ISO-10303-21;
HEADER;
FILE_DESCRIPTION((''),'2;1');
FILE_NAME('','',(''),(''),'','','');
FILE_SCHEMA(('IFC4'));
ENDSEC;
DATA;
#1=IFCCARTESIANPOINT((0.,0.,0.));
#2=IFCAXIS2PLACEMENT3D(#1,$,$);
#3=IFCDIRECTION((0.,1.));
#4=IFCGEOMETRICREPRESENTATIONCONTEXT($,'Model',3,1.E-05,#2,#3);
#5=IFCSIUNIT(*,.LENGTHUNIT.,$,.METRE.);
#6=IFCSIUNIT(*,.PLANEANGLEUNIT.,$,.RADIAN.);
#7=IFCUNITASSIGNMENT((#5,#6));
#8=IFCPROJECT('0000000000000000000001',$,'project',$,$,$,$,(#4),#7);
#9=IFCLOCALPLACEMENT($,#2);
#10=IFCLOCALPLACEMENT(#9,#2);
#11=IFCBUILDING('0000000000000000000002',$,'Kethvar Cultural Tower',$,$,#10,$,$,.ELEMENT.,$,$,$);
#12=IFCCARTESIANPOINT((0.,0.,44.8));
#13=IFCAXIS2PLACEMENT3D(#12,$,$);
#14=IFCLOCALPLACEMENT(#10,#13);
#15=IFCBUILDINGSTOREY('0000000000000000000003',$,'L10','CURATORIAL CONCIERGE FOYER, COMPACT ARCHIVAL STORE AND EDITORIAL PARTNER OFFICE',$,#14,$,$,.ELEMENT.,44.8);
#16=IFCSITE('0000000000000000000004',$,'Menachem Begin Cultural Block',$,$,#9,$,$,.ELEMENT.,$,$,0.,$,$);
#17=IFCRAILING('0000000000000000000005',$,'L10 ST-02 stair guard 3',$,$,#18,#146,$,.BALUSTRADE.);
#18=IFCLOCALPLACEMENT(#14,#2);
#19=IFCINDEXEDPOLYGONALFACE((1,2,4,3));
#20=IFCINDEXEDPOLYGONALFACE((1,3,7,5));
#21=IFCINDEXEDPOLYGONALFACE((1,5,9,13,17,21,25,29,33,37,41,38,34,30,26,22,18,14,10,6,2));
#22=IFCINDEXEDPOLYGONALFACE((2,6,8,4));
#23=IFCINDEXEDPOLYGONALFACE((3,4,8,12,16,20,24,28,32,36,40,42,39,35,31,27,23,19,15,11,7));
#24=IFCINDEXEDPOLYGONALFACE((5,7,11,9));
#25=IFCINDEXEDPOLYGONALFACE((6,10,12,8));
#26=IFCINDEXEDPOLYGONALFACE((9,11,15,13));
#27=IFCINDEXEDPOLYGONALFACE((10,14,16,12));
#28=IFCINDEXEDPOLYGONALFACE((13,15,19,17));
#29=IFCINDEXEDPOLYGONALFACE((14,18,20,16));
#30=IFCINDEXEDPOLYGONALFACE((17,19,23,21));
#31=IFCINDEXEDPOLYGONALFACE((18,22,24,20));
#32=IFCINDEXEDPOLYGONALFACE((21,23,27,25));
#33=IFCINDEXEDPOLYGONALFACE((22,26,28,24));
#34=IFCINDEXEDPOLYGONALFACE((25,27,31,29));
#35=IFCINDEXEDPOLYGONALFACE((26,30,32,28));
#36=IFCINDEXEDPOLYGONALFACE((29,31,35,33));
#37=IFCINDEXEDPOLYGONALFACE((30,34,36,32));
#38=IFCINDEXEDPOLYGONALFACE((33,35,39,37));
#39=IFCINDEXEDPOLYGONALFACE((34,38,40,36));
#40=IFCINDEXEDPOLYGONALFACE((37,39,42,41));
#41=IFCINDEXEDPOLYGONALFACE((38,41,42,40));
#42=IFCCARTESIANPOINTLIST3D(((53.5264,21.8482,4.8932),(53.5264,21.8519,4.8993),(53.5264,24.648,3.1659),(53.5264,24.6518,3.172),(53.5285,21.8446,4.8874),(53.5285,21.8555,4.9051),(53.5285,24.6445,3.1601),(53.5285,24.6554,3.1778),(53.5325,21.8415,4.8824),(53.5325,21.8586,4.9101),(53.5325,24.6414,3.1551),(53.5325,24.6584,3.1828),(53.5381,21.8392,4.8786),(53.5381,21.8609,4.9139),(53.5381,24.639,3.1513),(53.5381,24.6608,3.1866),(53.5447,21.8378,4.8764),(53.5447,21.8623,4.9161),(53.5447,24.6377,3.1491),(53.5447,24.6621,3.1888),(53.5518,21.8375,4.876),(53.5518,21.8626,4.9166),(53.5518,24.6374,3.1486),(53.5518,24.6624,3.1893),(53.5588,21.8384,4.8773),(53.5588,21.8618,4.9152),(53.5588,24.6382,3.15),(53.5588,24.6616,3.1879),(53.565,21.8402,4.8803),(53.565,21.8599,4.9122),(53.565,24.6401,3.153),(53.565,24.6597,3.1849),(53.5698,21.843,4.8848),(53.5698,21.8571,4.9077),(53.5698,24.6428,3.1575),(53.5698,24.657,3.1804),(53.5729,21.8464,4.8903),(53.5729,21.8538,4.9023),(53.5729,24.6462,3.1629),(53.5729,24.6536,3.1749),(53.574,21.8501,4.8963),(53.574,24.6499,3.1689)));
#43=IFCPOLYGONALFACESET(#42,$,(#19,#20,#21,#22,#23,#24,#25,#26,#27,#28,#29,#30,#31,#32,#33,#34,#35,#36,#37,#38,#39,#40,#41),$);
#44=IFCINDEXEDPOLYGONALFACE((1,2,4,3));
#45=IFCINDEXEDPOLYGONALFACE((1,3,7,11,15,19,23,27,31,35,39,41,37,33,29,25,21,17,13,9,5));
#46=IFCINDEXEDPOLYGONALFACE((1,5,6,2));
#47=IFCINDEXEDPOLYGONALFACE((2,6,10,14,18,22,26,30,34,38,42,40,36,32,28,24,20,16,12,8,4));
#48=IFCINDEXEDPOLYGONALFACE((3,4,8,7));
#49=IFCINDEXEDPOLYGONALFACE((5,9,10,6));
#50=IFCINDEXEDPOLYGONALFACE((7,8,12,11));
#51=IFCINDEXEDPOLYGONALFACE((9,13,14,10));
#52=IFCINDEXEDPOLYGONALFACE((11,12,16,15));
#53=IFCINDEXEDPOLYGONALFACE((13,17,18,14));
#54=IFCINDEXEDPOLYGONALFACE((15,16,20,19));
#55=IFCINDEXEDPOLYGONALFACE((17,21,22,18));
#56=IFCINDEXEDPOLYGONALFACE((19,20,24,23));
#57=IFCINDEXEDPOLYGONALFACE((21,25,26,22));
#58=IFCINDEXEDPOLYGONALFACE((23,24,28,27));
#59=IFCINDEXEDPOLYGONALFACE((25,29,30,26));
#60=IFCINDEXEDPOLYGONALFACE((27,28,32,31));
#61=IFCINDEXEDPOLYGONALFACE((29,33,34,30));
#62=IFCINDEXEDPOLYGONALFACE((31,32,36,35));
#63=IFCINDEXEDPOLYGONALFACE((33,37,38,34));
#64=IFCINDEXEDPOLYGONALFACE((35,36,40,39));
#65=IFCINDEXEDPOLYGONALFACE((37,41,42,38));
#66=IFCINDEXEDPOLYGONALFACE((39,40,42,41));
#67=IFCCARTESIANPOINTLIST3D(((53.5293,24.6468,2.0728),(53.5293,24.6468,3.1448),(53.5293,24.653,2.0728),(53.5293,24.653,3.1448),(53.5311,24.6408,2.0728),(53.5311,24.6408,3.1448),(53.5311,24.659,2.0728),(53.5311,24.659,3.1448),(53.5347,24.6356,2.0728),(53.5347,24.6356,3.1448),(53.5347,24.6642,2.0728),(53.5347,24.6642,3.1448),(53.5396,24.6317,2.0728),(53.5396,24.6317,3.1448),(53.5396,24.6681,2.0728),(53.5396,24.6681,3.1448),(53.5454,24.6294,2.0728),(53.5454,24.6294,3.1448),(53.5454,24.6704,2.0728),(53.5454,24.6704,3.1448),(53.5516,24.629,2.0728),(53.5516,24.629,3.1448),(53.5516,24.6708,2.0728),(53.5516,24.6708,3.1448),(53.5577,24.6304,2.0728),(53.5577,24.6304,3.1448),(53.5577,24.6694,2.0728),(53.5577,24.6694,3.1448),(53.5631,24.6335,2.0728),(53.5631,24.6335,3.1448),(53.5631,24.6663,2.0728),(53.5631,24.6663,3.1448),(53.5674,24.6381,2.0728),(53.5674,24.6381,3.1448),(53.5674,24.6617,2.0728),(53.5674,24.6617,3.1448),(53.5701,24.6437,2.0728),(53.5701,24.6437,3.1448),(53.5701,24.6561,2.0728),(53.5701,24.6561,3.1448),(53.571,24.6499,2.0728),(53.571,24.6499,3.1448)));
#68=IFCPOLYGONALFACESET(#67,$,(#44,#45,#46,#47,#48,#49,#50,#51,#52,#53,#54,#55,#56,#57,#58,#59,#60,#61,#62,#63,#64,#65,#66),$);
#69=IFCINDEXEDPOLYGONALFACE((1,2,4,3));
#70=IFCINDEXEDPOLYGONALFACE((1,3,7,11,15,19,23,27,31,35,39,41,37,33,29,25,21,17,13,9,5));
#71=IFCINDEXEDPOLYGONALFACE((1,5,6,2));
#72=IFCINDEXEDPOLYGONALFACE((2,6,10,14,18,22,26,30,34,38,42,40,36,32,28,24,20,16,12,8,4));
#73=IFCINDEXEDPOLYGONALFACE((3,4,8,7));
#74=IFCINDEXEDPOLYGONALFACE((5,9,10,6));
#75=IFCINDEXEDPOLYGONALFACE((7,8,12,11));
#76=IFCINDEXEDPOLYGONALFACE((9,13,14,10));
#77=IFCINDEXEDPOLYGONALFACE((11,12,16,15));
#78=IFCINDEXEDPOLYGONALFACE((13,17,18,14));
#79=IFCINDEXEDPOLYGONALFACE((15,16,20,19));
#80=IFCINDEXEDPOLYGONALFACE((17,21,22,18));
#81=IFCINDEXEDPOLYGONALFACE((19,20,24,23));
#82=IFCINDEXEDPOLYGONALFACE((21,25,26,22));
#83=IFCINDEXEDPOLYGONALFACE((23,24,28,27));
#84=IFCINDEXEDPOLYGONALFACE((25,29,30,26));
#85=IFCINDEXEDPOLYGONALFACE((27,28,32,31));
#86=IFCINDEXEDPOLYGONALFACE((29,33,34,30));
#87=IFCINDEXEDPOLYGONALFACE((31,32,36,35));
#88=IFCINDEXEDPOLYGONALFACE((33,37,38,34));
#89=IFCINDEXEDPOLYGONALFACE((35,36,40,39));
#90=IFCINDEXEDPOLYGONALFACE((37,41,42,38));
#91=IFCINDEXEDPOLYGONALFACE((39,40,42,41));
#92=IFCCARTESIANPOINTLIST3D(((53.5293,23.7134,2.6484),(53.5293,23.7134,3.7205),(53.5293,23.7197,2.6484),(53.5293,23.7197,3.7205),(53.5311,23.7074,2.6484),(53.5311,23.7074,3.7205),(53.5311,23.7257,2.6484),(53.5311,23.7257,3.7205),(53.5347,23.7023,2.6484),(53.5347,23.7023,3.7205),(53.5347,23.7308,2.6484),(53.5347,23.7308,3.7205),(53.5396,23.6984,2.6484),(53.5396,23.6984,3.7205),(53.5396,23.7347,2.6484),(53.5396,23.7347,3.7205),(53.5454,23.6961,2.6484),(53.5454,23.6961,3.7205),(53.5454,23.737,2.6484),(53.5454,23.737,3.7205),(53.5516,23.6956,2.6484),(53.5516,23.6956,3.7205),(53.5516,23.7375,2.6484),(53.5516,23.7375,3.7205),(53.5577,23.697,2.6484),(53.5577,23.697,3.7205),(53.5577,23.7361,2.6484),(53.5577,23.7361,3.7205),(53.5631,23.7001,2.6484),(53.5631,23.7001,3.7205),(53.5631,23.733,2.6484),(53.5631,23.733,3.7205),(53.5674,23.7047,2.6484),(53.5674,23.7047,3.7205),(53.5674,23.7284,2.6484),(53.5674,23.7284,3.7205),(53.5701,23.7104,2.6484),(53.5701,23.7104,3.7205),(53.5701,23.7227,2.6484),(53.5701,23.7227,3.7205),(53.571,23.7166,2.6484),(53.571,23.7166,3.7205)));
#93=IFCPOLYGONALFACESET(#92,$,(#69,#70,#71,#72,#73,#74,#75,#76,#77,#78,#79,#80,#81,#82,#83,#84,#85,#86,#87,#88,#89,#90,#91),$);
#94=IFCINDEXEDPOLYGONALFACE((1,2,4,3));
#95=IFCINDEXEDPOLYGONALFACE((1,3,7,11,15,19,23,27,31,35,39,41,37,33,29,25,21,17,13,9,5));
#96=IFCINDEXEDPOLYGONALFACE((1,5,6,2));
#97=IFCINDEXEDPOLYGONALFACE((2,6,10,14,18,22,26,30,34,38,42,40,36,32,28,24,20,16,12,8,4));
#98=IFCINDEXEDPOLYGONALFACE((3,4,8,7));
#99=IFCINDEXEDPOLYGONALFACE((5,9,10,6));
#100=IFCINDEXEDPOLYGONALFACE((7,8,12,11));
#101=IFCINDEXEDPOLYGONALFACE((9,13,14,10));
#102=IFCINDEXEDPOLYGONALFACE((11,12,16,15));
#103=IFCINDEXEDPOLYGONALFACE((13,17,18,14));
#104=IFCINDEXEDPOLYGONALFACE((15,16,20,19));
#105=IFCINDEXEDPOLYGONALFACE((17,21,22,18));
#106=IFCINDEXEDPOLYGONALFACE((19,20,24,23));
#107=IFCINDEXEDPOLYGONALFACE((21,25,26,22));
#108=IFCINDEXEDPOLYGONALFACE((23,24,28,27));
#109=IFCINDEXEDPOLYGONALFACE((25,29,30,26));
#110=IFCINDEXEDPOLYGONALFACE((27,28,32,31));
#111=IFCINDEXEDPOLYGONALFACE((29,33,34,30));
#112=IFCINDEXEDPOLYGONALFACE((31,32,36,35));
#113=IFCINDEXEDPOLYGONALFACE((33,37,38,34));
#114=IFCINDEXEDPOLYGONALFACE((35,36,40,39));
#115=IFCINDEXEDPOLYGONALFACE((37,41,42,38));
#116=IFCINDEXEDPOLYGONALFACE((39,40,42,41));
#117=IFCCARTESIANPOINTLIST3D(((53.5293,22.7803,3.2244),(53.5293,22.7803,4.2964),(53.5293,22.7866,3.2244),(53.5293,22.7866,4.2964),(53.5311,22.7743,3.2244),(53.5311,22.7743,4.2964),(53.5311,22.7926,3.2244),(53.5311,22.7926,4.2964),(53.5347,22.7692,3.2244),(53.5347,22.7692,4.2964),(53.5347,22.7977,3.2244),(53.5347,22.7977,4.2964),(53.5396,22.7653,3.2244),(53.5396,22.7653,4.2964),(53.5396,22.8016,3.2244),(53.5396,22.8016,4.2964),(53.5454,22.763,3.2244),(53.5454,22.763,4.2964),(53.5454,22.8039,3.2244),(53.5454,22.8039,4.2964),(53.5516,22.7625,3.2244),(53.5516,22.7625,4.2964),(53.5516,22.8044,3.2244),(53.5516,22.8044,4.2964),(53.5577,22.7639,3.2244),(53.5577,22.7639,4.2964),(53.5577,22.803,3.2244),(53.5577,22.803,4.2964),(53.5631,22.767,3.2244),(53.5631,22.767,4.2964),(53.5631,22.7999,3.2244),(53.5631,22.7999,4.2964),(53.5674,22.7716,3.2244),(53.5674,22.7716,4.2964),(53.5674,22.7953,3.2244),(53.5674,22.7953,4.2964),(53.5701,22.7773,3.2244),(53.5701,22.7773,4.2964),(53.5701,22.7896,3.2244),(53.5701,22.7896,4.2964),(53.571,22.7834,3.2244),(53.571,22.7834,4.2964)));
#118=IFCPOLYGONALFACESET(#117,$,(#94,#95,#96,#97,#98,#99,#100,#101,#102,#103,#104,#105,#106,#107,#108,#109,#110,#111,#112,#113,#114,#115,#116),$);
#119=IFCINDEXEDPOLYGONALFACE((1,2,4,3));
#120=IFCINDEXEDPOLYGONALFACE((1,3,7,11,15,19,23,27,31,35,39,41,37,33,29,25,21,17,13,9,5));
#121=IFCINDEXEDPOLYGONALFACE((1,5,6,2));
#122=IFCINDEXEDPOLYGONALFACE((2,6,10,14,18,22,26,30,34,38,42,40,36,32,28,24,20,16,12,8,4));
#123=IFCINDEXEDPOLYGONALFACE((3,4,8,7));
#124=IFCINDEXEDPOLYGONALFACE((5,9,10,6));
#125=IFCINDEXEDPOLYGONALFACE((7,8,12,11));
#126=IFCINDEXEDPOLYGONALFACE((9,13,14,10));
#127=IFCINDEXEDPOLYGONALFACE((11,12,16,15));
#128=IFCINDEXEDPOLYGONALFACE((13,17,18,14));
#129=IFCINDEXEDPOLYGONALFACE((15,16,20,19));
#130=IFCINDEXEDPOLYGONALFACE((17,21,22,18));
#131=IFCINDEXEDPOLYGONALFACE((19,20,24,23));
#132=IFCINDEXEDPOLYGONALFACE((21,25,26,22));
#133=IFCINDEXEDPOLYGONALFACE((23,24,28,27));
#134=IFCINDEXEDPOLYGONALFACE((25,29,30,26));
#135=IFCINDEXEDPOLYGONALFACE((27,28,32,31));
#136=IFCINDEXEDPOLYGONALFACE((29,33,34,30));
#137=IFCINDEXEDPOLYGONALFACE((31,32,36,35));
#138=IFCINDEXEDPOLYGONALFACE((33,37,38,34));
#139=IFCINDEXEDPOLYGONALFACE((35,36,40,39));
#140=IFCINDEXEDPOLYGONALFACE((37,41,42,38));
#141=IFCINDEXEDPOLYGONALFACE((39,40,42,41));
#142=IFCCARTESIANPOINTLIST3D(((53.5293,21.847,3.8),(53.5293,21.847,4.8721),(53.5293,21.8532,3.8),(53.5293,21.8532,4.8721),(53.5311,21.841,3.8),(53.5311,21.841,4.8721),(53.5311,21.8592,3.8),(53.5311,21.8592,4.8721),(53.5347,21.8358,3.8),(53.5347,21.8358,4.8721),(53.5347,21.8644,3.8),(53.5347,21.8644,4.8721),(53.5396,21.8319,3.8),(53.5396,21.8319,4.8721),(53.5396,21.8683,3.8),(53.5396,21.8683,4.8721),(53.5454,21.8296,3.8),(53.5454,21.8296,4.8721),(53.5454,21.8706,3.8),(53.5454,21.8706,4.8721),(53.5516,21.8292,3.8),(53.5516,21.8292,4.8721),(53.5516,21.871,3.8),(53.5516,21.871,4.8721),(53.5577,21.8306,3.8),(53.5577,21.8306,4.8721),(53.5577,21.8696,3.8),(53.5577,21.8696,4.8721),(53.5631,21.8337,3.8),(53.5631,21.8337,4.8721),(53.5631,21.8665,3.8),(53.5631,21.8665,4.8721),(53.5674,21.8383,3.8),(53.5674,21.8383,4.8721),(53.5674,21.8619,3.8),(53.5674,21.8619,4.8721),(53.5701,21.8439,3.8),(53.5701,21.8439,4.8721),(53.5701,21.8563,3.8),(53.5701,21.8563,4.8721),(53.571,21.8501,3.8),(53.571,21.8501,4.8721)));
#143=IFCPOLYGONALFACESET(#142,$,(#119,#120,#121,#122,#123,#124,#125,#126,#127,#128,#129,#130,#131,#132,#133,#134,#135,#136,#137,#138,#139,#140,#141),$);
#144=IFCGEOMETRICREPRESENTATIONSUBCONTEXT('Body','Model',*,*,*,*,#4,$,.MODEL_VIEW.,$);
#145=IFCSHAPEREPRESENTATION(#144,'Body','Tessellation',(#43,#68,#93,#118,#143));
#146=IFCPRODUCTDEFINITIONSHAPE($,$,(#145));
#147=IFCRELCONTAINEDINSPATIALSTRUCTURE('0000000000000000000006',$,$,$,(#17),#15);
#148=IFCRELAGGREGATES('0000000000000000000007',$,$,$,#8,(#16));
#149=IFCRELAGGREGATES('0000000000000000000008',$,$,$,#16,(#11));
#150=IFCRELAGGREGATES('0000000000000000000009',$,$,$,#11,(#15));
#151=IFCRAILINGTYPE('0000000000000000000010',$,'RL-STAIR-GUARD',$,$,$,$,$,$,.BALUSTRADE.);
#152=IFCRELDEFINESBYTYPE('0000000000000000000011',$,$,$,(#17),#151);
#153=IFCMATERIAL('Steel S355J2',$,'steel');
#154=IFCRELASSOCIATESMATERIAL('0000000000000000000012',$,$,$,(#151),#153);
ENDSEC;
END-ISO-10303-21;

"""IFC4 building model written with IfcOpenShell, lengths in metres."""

from ifc_helpers import new_model, si_unit, direction, frame, origin, origin_2d, place, context, subcontext, project, spatial, circle, extrude, material, type_object, element, save


model = new_model("IFC4")

# Units and contexts
model_context = context("Model", 3, precision=1e-05, world=origin(), true_north=direction((0.0, 1.0)))
body_context = subcontext(model_context, "Body", "Model", "MODEL_VIEW")
ifc_project = project(units=[si_unit("LENGTHUNIT", "METRE"), si_unit("PLANEANGLEUNIT", "RADIAN")], contexts=[model_context])

# Site, building, storey
site_placement = place(None, origin())
site = spatial("IfcSite", under=ifc_project, at=site_placement, Name="Menachem Begin Cultural Block", CompositionType="ELEMENT", RefElevation=0.0)
building_placement = place(site_placement, origin())
building = spatial("IfcBuilding", under=site, at=building_placement, Name="Kethvar Cultural Tower", CompositionType="ELEMENT")
storey_placement = place(building_placement, frame((0.0, 0.0, 44.8)))
storey = spatial("IfcBuildingStorey", under=building, at=storey_placement, Name="L10", Description="CURATORIAL CONCIERGE FOYER, COMPACT ARCHIVAL STORE AND EDITORIAL PARTNER OFFICE", CompositionType="ELEMENT", Elevation=44.8)

# Shared definitions
ifc_material_1 = material(Name="Steel S355J2", Category="steel")

# Railing
railing_type_1 = type_object("IfcRailingType", Name="RL-STAIR-GUARD", PredefinedType="BALUSTRADE", material=ifc_material_1)
railing_1_placement = place(storey_placement, frame((53.55, 24.6499, 2.0728)))
element("IfcRailing", 1, at=railing_1_placement, inside=storey, type_object=railing_type_1, Name="L10 ST-02 stair guard 3", PredefinedType="BALUSTRADE", context=body_context, shape_type="SweptSolid", body=[
    extrude(circle(Radius=0.0239, at=origin_2d()), frame((0.0, 0.0, 1.0962), z_axis=(0.0, -0.851069, 0.525054), x_axis=(1.0, 0.0, 0.0)), (0.0, 0.0, 1.0), 3.2898),
    extrude(circle(Radius=0.021, at=origin_2d()), origin(), (0.0, 0.0, 1.0), 1.072),
    extrude(circle(Radius=0.021, at=origin_2d()), frame((0.0, -0.9333, 0.5757)), (0.0, 0.0, 1.0), 1.072),
    extrude(circle(Radius=0.021, at=origin_2d()), frame((0.0, -1.8665, 1.1516)), (0.0, 0.0, 1.0), 1.072),
    extrude(circle(Radius=0.021, at=origin_2d()), frame((0.0, -2.7998, 1.7273)), (0.0, 0.0, 1.0), 1.072),
])

save(model, "model.ifc")
